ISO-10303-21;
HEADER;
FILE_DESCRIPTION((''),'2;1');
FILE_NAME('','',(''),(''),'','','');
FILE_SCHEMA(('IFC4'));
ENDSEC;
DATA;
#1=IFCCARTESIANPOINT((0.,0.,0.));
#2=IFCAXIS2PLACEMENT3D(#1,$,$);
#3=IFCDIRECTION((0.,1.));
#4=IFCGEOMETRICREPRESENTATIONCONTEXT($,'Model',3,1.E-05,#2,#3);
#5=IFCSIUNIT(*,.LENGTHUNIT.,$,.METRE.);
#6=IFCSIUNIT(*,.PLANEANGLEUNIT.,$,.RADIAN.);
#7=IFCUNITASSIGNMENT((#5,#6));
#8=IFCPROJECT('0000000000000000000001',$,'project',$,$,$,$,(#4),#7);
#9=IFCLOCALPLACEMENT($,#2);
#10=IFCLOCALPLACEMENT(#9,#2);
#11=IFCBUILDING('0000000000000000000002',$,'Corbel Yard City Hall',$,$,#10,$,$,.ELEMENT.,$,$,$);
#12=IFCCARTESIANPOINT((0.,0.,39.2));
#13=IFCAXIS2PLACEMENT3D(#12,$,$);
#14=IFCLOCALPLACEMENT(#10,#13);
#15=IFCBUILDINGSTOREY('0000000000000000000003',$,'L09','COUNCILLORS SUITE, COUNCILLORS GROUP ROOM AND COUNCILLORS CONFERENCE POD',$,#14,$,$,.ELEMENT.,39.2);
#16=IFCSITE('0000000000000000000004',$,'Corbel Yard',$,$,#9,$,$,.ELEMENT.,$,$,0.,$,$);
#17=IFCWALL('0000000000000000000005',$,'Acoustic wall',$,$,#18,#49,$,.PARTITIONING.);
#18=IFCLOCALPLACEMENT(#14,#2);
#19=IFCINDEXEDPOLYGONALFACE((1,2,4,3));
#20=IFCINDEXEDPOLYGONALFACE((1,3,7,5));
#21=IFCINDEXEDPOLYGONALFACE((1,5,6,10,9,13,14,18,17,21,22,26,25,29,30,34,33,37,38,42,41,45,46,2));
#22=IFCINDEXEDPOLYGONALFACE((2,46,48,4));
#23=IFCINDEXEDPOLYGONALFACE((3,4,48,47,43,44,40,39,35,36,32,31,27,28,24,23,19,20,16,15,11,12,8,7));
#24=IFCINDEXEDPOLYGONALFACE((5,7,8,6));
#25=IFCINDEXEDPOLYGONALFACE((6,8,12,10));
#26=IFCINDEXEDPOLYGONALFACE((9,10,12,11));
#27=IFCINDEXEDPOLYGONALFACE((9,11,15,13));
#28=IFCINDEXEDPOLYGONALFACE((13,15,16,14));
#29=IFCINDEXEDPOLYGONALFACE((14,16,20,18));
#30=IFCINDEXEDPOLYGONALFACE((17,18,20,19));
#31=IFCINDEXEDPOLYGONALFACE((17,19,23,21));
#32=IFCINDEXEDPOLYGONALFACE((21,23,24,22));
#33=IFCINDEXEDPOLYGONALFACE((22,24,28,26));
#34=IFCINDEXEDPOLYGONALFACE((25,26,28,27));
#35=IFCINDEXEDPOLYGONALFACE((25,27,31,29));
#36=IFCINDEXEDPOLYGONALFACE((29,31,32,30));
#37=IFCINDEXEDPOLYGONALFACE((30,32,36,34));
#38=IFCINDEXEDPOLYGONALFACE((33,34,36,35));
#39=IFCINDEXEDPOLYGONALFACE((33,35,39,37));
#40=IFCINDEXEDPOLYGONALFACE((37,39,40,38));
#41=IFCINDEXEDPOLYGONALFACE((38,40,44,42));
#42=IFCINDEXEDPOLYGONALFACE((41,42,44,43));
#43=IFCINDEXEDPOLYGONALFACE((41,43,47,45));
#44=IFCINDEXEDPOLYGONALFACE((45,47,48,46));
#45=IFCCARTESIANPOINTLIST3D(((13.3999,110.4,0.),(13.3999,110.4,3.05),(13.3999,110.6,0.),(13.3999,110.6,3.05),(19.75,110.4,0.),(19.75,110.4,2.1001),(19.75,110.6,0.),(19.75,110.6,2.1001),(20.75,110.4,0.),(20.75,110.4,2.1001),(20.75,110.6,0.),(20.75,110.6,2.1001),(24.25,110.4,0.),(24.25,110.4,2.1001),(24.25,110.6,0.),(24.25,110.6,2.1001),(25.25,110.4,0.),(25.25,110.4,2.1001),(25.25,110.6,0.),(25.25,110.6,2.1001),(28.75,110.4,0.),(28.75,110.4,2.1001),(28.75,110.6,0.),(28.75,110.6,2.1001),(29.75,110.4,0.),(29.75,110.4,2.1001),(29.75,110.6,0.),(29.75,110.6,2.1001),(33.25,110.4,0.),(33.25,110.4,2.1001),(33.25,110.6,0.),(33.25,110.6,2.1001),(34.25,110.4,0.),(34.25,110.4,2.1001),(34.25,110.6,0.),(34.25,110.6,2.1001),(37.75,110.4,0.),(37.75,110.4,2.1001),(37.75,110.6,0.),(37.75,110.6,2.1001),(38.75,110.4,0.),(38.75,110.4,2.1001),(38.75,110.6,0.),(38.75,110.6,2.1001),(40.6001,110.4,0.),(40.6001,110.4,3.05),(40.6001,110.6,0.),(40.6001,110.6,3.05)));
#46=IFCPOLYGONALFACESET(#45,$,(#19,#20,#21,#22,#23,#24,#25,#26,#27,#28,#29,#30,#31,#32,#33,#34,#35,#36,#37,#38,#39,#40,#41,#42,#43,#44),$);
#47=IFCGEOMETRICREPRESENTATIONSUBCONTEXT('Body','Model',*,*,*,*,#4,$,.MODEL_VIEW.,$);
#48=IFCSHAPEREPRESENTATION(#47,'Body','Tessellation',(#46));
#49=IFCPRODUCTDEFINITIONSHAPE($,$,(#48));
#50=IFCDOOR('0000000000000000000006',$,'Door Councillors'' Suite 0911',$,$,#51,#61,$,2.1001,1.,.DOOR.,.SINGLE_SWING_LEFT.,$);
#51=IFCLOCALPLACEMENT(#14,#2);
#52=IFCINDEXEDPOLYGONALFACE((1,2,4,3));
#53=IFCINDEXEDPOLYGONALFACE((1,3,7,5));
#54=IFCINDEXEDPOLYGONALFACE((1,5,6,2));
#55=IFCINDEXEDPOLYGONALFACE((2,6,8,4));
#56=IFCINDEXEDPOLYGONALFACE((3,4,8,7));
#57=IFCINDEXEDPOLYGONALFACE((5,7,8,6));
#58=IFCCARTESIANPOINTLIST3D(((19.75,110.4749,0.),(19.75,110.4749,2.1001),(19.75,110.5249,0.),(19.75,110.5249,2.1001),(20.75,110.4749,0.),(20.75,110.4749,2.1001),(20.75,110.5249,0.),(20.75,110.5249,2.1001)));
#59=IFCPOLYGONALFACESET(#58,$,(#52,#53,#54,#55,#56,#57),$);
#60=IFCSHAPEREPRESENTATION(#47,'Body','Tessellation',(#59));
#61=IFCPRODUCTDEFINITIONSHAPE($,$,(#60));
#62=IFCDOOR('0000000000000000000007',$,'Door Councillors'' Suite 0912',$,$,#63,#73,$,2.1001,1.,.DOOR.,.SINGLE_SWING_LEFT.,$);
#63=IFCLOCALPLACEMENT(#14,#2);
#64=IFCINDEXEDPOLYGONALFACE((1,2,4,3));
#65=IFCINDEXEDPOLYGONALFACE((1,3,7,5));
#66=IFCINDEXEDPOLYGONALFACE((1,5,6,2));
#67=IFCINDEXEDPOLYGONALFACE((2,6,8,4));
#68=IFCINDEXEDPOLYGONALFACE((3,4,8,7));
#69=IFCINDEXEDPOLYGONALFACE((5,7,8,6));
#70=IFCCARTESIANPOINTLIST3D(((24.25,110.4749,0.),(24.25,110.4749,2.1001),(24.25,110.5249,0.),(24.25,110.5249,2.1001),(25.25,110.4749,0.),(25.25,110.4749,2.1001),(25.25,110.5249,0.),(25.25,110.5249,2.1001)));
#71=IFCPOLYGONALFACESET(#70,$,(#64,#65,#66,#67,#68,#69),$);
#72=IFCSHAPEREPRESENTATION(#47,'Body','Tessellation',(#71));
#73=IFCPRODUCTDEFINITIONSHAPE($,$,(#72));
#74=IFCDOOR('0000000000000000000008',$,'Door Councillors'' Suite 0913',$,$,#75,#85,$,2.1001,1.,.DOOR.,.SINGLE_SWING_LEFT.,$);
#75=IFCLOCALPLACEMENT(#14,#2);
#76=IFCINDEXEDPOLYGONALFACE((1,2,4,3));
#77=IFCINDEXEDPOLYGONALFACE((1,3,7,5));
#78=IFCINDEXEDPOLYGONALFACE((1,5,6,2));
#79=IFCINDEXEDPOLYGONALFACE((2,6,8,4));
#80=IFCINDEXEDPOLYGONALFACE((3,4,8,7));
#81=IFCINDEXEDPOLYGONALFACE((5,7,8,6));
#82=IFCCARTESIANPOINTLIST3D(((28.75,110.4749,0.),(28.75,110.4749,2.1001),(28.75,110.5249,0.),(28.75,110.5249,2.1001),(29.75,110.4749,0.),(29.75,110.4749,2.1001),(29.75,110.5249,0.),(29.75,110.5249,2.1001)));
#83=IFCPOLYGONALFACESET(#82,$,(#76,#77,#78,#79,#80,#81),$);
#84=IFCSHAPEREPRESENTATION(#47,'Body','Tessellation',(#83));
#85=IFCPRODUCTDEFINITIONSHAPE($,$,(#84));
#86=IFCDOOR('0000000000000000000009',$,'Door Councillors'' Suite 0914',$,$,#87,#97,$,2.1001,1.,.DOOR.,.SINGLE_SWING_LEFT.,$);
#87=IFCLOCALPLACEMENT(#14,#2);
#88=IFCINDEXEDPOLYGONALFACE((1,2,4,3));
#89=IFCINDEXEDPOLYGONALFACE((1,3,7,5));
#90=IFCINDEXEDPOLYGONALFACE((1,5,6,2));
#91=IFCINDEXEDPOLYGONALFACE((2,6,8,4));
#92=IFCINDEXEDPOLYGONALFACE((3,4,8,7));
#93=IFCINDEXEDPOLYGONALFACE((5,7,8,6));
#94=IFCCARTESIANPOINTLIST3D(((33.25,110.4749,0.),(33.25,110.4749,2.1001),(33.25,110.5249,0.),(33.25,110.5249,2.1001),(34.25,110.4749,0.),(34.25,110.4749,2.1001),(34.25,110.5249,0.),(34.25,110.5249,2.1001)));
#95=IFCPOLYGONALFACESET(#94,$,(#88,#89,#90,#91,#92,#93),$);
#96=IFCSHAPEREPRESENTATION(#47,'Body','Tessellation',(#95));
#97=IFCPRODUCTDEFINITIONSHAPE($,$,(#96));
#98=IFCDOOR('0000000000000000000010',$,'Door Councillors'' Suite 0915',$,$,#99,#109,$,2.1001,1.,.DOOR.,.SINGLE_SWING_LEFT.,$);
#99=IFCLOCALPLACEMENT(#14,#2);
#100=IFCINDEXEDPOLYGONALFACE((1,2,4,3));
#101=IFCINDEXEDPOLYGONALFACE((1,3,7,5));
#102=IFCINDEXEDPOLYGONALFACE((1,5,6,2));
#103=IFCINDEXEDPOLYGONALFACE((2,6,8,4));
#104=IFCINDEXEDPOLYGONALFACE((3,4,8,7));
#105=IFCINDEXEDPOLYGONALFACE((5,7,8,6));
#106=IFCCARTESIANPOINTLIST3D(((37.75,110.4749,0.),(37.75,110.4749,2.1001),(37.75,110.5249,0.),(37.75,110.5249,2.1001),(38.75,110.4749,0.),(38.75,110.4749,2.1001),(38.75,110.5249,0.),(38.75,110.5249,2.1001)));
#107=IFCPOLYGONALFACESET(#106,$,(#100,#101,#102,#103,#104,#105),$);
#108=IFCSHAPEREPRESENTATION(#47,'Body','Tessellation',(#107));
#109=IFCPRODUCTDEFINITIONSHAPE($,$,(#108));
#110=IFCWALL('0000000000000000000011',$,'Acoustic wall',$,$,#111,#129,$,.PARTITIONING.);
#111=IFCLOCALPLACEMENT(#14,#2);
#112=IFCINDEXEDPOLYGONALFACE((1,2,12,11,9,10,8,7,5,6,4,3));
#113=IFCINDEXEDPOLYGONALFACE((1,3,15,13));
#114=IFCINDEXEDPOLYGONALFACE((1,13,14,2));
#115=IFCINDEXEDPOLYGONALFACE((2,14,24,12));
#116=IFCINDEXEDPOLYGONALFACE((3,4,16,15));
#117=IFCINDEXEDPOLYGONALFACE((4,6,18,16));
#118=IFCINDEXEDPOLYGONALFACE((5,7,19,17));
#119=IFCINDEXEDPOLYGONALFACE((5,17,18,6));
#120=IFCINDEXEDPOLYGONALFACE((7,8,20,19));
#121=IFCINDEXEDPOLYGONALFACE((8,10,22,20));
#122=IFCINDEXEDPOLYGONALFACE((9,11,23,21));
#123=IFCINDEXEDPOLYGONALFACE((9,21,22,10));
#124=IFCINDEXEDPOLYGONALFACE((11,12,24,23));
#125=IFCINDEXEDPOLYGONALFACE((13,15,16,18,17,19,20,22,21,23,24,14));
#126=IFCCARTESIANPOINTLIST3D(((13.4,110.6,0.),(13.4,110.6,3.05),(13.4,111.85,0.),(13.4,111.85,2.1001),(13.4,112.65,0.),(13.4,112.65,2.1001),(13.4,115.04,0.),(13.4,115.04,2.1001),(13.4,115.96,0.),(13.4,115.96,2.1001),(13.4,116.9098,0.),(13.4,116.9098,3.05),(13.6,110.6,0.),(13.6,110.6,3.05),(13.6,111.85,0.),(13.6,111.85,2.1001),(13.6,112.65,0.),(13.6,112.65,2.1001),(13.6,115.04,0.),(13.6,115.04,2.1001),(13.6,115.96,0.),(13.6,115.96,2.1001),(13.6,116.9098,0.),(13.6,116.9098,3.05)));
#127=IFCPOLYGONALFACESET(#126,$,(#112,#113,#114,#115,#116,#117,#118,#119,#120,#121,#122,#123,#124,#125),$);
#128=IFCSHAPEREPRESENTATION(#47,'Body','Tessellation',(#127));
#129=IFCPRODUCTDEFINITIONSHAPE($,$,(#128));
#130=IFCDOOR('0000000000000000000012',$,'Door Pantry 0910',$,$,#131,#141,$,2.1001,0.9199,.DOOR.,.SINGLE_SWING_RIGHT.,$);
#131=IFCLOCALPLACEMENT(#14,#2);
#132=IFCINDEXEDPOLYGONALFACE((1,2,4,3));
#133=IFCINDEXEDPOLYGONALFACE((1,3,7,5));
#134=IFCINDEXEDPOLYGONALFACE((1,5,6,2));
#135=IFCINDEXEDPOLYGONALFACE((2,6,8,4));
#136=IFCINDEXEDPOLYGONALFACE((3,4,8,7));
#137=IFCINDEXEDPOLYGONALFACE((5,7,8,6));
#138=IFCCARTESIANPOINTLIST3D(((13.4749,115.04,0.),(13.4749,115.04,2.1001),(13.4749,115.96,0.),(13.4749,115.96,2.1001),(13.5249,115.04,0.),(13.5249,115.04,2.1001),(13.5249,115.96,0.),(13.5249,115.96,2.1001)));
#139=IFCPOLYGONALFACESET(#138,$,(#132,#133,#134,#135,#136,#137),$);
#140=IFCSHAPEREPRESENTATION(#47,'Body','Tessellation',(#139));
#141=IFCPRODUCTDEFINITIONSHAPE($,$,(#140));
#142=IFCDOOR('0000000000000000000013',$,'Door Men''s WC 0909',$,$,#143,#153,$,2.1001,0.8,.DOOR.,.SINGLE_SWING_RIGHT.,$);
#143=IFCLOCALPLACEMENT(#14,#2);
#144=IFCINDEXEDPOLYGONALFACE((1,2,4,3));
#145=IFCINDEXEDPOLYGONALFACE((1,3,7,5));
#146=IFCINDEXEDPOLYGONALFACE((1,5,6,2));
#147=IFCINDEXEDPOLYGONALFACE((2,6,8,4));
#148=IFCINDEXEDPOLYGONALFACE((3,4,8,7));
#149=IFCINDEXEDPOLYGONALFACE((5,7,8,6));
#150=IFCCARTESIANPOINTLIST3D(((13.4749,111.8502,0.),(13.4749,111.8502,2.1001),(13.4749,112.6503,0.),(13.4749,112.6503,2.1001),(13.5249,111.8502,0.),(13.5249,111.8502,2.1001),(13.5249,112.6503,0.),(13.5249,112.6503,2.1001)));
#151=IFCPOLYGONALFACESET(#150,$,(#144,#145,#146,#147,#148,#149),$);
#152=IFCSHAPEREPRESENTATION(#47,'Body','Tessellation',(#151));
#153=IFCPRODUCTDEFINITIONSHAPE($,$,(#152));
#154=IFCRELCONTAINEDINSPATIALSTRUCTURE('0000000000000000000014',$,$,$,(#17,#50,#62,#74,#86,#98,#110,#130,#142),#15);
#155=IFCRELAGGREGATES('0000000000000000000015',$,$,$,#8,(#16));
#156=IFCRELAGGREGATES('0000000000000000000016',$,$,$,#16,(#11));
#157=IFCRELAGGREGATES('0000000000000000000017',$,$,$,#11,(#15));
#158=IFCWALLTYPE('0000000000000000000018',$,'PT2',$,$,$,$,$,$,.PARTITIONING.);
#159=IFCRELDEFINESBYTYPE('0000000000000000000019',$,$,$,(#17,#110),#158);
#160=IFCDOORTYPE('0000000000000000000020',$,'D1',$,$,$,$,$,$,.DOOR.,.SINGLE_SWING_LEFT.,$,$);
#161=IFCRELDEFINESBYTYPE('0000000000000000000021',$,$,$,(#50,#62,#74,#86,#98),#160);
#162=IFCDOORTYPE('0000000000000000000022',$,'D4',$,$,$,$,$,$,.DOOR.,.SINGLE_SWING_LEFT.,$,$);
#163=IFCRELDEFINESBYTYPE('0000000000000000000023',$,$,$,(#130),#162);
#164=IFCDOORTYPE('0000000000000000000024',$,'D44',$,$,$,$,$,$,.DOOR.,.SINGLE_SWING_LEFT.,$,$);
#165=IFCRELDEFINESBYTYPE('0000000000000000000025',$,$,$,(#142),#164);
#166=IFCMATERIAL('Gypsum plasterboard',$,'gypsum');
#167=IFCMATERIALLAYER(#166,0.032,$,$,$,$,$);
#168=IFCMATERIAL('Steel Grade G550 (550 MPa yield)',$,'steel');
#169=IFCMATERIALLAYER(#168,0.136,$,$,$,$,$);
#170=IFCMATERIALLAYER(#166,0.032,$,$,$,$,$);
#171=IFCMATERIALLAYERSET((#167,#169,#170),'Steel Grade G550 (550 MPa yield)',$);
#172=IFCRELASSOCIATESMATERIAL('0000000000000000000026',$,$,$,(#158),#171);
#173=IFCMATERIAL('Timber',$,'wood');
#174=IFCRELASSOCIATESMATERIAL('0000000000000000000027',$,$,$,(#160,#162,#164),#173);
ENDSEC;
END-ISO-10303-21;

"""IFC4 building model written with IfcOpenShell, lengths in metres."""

from ifc_helpers import new_model, si_unit, direction, frame, frame_2d, origin, place, context, subcontext, project, spatial, rectangle, extrude, material, layer, layer_set, type_object, element, fill, save


model = new_model("IFC4")

# Units and contexts
model_context = context("Model", 3, precision=1e-05, world=origin(), true_north=direction((0.0, 1.0)))
body_context = subcontext(model_context, "Body", "Model", "MODEL_VIEW")
ifc_project = project(units=[si_unit("LENGTHUNIT", "METRE"), si_unit("PLANEANGLEUNIT", "RADIAN")], contexts=[model_context])

# Site, building, storey
site_placement = place(None, origin())
site = spatial("IfcSite", under=ifc_project, at=site_placement, Name="Corbel Yard", CompositionType="ELEMENT", RefElevation=0.0)
building_placement = place(site_placement, origin())
building = spatial("IfcBuilding", under=site, at=building_placement, Name="Corbel Yard City Hall", CompositionType="ELEMENT")
storey_placement = place(building_placement, frame((0.0, 0.0, 39.2)))
storey = spatial("IfcBuildingStorey", under=building, at=storey_placement, Name="L09", Description="COUNCILLORS SUITE, COUNCILLORS GROUP ROOM AND COUNCILLORS CONFERENCE POD", CompositionType="ELEMENT", Elevation=39.2)

# Shared definitions
ifc_material_1 = material(Name="Gypsum plasterboard", Category="gypsum")
ifc_material_2 = material(Name="Steel Grade G550 (550 MPa yield)", Category="steel")

# Walls, openings, doors
ifc_layer_1 = layer(ifc_material_1, 0.032)
ifc_layer_2 = layer(ifc_material_2, 0.136)
ifc_layer_3 = layer(ifc_material_1, 0.032)
ifc_layer_set_1 = layer_set([ifc_layer_1, ifc_layer_2, ifc_layer_3], Name="Steel Grade G550 (550 MPa yield)")
wall_type_1 = type_object("IfcWallType", Name="PT2", PredefinedType="PARTITIONING", material=ifc_layer_set_1)
wall_1_placement = place(storey_placement, frame((13.3999, 110.5, 0.0), z_axis=(0.0, 0.0, 1.0), x_axis=(1.0, 0.0, 0.0)))
wall_1 = element("IfcWall", 1, at=wall_1_placement, inside=storey, type_object=wall_type_1, Name="Acoustic wall", PredefinedType="PARTITIONING", context=body_context, shape_type="SweptSolid", body=[
    extrude(rectangle(XDim=27.2002, YDim=0.2, at=frame_2d((13.6001, 0.0))), origin(), (0.0, 0.0, 1.0), 3.05),
])
opening_1_placement = place(wall_1_placement, frame((6.3501, 0.0, 0.0)))
opening_1 = element("IfcOpeningElement", 2, at=opening_1_placement, cuts=wall_1, PredefinedType="OPENING", context=body_context, shape_type="SweptSolid", body=[
    extrude(rectangle(XDim=1.0, YDim=2.1001, at=frame_2d((0.5, 1.05))), frame((0.0, 0.1099, 0.0), z_axis=(0.0, -1.0, 0.0), x_axis=(1.0, 0.0, 0.0)), (0.0, 0.0, 1.0), 0.22),
])
opening_2_placement = place(wall_1_placement, frame((10.8501, 0.0, 0.0)))
opening_2 = element("IfcOpeningElement", 3, at=opening_2_placement, cuts=wall_1, PredefinedType="OPENING", context=body_context, shape_type="SweptSolid", body=[
    extrude(rectangle(XDim=1.0, YDim=2.1001, at=frame_2d((0.5, 1.05))), frame((0.0, 0.1099, 0.0), z_axis=(0.0, -1.0, 0.0), x_axis=(1.0, 0.0, 0.0)), (0.0, 0.0, 1.0), 0.22),
])
opening_3_placement = place(wall_1_placement, frame((15.3501, 0.0, 0.0)))
opening_3 = element("IfcOpeningElement", 4, at=opening_3_placement, cuts=wall_1, PredefinedType="OPENING", context=body_context, shape_type="SweptSolid", body=[
    extrude(rectangle(XDim=1.0, YDim=2.1001, at=frame_2d((0.5, 1.05))), frame((0.0, 0.1099, 0.0), z_axis=(0.0, -1.0, 0.0), x_axis=(1.0, 0.0, 0.0)), (0.0, 0.0, 1.0), 0.22),
])
opening_4_placement = place(wall_1_placement, frame((19.8501, 0.0, 0.0)))
opening_4 = element("IfcOpeningElement", 5, at=opening_4_placement, cuts=wall_1, PredefinedType="OPENING", context=body_context, shape_type="SweptSolid", body=[
    extrude(rectangle(XDim=1.0, YDim=2.1001, at=frame_2d((0.5, 1.05))), frame((0.0, 0.1099, 0.0), z_axis=(0.0, -1.0, 0.0), x_axis=(1.0, 0.0, 0.0)), (0.0, 0.0, 1.0), 0.22),
])
opening_5_placement = place(wall_1_placement, frame((24.3501, 0.0, 0.0)))
opening_5 = element("IfcOpeningElement", 6, at=opening_5_placement, cuts=wall_1, PredefinedType="OPENING", context=body_context, shape_type="SweptSolid", body=[
    extrude(rectangle(XDim=1.0, YDim=2.1001, at=frame_2d((0.5, 1.05))), frame((0.0, 0.1099, 0.0), z_axis=(0.0, -1.0, 0.0), x_axis=(1.0, 0.0, 0.0)), (0.0, 0.0, 1.0), 0.22),
])
ifc_material_3 = material(Name="Timber", Category="wood")
door_type_1 = type_object("IfcDoorType", Name="D1", OperationType="SINGLE_SWING_LEFT", PredefinedType="DOOR", material=ifc_material_3)
door_1_placement = place(opening_1_placement, origin())
door_1 = element("IfcDoor", 7, at=door_1_placement, inside=storey, type_object=door_type_1, Name="Door Councillors' Suite 0911", OperationType="SINGLE_SWING_LEFT", OverallHeight=2.1001, OverallWidth=1.0, PredefinedType="DOOR", context=body_context, shape_type="SweptSolid", body=[
    extrude(rectangle(XDim=1.0, YDim=2.1001, at=frame_2d((0.5, 1.05))), frame((0.0, 0.0249, 0.0), z_axis=(0.0, -1.0, 0.0), x_axis=(1.0, 0.0, 0.0)), (0.0, 0.0, 1.0), 0.05),
])
fill(opening_1, door_1)
door_2_placement = place(opening_2_placement, origin())
door_2 = element("IfcDoor", 8, at=door_2_placement, inside=storey, type_object=door_type_1, Name="Door Councillors' Suite 0912", OperationType="SINGLE_SWING_LEFT", OverallHeight=2.1001, OverallWidth=1.0, PredefinedType="DOOR", context=body_context, shape_type="SweptSolid", body=[
    extrude(rectangle(XDim=1.0, YDim=2.1001, at=frame_2d((0.5, 1.05))), frame((0.0, 0.0249, 0.0), z_axis=(0.0, -1.0, 0.0), x_axis=(1.0, 0.0, 0.0)), (0.0, 0.0, 1.0), 0.05),
])
fill(opening_2, door_2)
door_3_placement = place(opening_3_placement, origin())
door_3 = element("IfcDoor", 9, at=door_3_placement, inside=storey, type_object=door_type_1, Name="Door Councillors' Suite 0913", OperationType="SINGLE_SWING_LEFT", OverallHeight=2.1001, OverallWidth=1.0, PredefinedType="DOOR", context=body_context, shape_type="SweptSolid", body=[
    extrude(rectangle(XDim=1.0, YDim=2.1001, at=frame_2d((0.5, 1.05))), frame((0.0, 0.0249, 0.0), z_axis=(0.0, -1.0, 0.0), x_axis=(1.0, 0.0, 0.0)), (0.0, 0.0, 1.0), 0.05),
])
fill(opening_3, door_3)
door_4_placement = place(opening_4_placement, origin())
door_4 = element("IfcDoor", 10, at=door_4_placement, inside=storey, type_object=door_type_1, Name="Door Councillors' Suite 0914", OperationType="SINGLE_SWING_LEFT", OverallHeight=2.1001, OverallWidth=1.0, PredefinedType="DOOR", context=body_context, shape_type="SweptSolid", body=[
    extrude(rectangle(XDim=1.0, YDim=2.1001, at=frame_2d((0.5, 1.05))), frame((0.0, 0.0249, 0.0), z_axis=(0.0, -1.0, 0.0), x_axis=(1.0, 0.0, 0.0)), (0.0, 0.0, 1.0), 0.05),
])
fill(opening_4, door_4)
door_5_placement = place(opening_5_placement, origin())
door_5 = element("IfcDoor", 11, at=door_5_placement, inside=storey, type_object=door_type_1, Name="Door Councillors' Suite 0915", OperationType="SINGLE_SWING_LEFT", OverallHeight=2.1001, OverallWidth=1.0, PredefinedType="DOOR", context=body_context, shape_type="SweptSolid", body=[
    extrude(rectangle(XDim=1.0, YDim=2.1001, at=frame_2d((0.5, 1.05))), frame((0.0, 0.0249, 0.0), z_axis=(0.0, -1.0, 0.0), x_axis=(1.0, 0.0, 0.0)), (0.0, 0.0, 1.0), 0.05),
])
fill(opening_5, door_5)
wall_2_placement = place(storey_placement, frame((13.5, 110.6001, 0.0), z_axis=(0.0, 0.0, 1.0), x_axis=(0.0, 1.0, 0.0)))
wall_2 = element("IfcWall", 12, at=wall_2_placement, inside=storey, type_object=wall_type_1, Name="Acoustic wall", PredefinedType="PARTITIONING", context=body_context, shape_type="SweptSolid", body=[
    extrude(rectangle(XDim=6.3098, YDim=0.2, at=frame_2d((3.1548, 0.0))), origin(), (0.0, 0.0, 1.0), 3.05),
])
opening_6_placement = place(wall_2_placement, frame((1.25, 0.0, 0.0)))
opening_6 = element("IfcOpeningElement", 13, at=opening_6_placement, cuts=wall_2, PredefinedType="OPENING", context=body_context, shape_type="SweptSolid", body=[
    extrude(rectangle(XDim=0.8, YDim=2.1001, at=frame_2d((0.3999, 1.05))), frame((0.0, 0.1099, 0.0), z_axis=(0.0, -1.0, 0.0), x_axis=(1.0, 0.0, 0.0)), (0.0, 0.0, 1.0), 0.22),
])
opening_7_placement = place(wall_2_placement, frame((4.4399, 0.0, 0.0)))
opening_7 = element("IfcOpeningElement", 14, at=opening_7_placement, cuts=wall_2, PredefinedType="OPENING", context=body_context, shape_type="SweptSolid", body=[
    extrude(rectangle(XDim=0.9199, YDim=2.1001, at=frame_2d((0.46, 1.05))), frame((0.0, 0.1099, 0.0), z_axis=(0.0, -1.0, 0.0), x_axis=(1.0, 0.0, 0.0)), (0.0, 0.0, 1.0), 0.22),
])
door_type_2 = type_object("IfcDoorType", Name="D4", OperationType="SINGLE_SWING_LEFT", PredefinedType="DOOR", material=ifc_material_3)
door_6_placement = place(opening_7_placement, frame((0.9199, 0.0, 0.0), z_axis=(0.0, 0.0, 1.0), x_axis=(-1.0, 0.0, 0.0)))
door_6 = element("IfcDoor", 15, at=door_6_placement, inside=storey, type_object=door_type_2, Name="Door Pantry 0910", OperationType="SINGLE_SWING_RIGHT", OverallHeight=2.1001, OverallWidth=0.9199, PredefinedType="DOOR", context=body_context, shape_type="SweptSolid", body=[
    extrude(rectangle(XDim=0.9199, YDim=2.1001, at=frame_2d((0.46, 1.05))), frame((0.0, 0.0249, 0.0), z_axis=(0.0, -1.0, 0.0), x_axis=(1.0, 0.0, 0.0)), (0.0, 0.0, 1.0), 0.05),
])
fill(opening_7, door_6)
door_type_3 = type_object("IfcDoorType", Name="D44", OperationType="SINGLE_SWING_LEFT", PredefinedType="DOOR", material=ifc_material_3)
door_7_placement = place(opening_6_placement, frame((0.8, 0.0, 0.0), z_axis=(0.0, 0.0, 1.0), x_axis=(-1.0, 0.0, 0.0)))
door_7 = element("IfcDoor", 16, at=door_7_placement, inside=storey, type_object=door_type_3, Name="Door Men's WC 0909", OperationType="SINGLE_SWING_RIGHT", OverallHeight=2.1001, OverallWidth=0.8, PredefinedType="DOOR", context=body_context, shape_type="SweptSolid", body=[
    extrude(rectangle(XDim=0.8, YDim=2.1001, at=frame_2d((0.3999, 1.05))), frame((0.0, 0.0249, 0.0), z_axis=(0.0, -1.0, 0.0), x_axis=(1.0, 0.0, 0.0)), (0.0, 0.0, 1.0), 0.05),
])
fill(opening_6, door_7)

save(model, "model.ifc")
